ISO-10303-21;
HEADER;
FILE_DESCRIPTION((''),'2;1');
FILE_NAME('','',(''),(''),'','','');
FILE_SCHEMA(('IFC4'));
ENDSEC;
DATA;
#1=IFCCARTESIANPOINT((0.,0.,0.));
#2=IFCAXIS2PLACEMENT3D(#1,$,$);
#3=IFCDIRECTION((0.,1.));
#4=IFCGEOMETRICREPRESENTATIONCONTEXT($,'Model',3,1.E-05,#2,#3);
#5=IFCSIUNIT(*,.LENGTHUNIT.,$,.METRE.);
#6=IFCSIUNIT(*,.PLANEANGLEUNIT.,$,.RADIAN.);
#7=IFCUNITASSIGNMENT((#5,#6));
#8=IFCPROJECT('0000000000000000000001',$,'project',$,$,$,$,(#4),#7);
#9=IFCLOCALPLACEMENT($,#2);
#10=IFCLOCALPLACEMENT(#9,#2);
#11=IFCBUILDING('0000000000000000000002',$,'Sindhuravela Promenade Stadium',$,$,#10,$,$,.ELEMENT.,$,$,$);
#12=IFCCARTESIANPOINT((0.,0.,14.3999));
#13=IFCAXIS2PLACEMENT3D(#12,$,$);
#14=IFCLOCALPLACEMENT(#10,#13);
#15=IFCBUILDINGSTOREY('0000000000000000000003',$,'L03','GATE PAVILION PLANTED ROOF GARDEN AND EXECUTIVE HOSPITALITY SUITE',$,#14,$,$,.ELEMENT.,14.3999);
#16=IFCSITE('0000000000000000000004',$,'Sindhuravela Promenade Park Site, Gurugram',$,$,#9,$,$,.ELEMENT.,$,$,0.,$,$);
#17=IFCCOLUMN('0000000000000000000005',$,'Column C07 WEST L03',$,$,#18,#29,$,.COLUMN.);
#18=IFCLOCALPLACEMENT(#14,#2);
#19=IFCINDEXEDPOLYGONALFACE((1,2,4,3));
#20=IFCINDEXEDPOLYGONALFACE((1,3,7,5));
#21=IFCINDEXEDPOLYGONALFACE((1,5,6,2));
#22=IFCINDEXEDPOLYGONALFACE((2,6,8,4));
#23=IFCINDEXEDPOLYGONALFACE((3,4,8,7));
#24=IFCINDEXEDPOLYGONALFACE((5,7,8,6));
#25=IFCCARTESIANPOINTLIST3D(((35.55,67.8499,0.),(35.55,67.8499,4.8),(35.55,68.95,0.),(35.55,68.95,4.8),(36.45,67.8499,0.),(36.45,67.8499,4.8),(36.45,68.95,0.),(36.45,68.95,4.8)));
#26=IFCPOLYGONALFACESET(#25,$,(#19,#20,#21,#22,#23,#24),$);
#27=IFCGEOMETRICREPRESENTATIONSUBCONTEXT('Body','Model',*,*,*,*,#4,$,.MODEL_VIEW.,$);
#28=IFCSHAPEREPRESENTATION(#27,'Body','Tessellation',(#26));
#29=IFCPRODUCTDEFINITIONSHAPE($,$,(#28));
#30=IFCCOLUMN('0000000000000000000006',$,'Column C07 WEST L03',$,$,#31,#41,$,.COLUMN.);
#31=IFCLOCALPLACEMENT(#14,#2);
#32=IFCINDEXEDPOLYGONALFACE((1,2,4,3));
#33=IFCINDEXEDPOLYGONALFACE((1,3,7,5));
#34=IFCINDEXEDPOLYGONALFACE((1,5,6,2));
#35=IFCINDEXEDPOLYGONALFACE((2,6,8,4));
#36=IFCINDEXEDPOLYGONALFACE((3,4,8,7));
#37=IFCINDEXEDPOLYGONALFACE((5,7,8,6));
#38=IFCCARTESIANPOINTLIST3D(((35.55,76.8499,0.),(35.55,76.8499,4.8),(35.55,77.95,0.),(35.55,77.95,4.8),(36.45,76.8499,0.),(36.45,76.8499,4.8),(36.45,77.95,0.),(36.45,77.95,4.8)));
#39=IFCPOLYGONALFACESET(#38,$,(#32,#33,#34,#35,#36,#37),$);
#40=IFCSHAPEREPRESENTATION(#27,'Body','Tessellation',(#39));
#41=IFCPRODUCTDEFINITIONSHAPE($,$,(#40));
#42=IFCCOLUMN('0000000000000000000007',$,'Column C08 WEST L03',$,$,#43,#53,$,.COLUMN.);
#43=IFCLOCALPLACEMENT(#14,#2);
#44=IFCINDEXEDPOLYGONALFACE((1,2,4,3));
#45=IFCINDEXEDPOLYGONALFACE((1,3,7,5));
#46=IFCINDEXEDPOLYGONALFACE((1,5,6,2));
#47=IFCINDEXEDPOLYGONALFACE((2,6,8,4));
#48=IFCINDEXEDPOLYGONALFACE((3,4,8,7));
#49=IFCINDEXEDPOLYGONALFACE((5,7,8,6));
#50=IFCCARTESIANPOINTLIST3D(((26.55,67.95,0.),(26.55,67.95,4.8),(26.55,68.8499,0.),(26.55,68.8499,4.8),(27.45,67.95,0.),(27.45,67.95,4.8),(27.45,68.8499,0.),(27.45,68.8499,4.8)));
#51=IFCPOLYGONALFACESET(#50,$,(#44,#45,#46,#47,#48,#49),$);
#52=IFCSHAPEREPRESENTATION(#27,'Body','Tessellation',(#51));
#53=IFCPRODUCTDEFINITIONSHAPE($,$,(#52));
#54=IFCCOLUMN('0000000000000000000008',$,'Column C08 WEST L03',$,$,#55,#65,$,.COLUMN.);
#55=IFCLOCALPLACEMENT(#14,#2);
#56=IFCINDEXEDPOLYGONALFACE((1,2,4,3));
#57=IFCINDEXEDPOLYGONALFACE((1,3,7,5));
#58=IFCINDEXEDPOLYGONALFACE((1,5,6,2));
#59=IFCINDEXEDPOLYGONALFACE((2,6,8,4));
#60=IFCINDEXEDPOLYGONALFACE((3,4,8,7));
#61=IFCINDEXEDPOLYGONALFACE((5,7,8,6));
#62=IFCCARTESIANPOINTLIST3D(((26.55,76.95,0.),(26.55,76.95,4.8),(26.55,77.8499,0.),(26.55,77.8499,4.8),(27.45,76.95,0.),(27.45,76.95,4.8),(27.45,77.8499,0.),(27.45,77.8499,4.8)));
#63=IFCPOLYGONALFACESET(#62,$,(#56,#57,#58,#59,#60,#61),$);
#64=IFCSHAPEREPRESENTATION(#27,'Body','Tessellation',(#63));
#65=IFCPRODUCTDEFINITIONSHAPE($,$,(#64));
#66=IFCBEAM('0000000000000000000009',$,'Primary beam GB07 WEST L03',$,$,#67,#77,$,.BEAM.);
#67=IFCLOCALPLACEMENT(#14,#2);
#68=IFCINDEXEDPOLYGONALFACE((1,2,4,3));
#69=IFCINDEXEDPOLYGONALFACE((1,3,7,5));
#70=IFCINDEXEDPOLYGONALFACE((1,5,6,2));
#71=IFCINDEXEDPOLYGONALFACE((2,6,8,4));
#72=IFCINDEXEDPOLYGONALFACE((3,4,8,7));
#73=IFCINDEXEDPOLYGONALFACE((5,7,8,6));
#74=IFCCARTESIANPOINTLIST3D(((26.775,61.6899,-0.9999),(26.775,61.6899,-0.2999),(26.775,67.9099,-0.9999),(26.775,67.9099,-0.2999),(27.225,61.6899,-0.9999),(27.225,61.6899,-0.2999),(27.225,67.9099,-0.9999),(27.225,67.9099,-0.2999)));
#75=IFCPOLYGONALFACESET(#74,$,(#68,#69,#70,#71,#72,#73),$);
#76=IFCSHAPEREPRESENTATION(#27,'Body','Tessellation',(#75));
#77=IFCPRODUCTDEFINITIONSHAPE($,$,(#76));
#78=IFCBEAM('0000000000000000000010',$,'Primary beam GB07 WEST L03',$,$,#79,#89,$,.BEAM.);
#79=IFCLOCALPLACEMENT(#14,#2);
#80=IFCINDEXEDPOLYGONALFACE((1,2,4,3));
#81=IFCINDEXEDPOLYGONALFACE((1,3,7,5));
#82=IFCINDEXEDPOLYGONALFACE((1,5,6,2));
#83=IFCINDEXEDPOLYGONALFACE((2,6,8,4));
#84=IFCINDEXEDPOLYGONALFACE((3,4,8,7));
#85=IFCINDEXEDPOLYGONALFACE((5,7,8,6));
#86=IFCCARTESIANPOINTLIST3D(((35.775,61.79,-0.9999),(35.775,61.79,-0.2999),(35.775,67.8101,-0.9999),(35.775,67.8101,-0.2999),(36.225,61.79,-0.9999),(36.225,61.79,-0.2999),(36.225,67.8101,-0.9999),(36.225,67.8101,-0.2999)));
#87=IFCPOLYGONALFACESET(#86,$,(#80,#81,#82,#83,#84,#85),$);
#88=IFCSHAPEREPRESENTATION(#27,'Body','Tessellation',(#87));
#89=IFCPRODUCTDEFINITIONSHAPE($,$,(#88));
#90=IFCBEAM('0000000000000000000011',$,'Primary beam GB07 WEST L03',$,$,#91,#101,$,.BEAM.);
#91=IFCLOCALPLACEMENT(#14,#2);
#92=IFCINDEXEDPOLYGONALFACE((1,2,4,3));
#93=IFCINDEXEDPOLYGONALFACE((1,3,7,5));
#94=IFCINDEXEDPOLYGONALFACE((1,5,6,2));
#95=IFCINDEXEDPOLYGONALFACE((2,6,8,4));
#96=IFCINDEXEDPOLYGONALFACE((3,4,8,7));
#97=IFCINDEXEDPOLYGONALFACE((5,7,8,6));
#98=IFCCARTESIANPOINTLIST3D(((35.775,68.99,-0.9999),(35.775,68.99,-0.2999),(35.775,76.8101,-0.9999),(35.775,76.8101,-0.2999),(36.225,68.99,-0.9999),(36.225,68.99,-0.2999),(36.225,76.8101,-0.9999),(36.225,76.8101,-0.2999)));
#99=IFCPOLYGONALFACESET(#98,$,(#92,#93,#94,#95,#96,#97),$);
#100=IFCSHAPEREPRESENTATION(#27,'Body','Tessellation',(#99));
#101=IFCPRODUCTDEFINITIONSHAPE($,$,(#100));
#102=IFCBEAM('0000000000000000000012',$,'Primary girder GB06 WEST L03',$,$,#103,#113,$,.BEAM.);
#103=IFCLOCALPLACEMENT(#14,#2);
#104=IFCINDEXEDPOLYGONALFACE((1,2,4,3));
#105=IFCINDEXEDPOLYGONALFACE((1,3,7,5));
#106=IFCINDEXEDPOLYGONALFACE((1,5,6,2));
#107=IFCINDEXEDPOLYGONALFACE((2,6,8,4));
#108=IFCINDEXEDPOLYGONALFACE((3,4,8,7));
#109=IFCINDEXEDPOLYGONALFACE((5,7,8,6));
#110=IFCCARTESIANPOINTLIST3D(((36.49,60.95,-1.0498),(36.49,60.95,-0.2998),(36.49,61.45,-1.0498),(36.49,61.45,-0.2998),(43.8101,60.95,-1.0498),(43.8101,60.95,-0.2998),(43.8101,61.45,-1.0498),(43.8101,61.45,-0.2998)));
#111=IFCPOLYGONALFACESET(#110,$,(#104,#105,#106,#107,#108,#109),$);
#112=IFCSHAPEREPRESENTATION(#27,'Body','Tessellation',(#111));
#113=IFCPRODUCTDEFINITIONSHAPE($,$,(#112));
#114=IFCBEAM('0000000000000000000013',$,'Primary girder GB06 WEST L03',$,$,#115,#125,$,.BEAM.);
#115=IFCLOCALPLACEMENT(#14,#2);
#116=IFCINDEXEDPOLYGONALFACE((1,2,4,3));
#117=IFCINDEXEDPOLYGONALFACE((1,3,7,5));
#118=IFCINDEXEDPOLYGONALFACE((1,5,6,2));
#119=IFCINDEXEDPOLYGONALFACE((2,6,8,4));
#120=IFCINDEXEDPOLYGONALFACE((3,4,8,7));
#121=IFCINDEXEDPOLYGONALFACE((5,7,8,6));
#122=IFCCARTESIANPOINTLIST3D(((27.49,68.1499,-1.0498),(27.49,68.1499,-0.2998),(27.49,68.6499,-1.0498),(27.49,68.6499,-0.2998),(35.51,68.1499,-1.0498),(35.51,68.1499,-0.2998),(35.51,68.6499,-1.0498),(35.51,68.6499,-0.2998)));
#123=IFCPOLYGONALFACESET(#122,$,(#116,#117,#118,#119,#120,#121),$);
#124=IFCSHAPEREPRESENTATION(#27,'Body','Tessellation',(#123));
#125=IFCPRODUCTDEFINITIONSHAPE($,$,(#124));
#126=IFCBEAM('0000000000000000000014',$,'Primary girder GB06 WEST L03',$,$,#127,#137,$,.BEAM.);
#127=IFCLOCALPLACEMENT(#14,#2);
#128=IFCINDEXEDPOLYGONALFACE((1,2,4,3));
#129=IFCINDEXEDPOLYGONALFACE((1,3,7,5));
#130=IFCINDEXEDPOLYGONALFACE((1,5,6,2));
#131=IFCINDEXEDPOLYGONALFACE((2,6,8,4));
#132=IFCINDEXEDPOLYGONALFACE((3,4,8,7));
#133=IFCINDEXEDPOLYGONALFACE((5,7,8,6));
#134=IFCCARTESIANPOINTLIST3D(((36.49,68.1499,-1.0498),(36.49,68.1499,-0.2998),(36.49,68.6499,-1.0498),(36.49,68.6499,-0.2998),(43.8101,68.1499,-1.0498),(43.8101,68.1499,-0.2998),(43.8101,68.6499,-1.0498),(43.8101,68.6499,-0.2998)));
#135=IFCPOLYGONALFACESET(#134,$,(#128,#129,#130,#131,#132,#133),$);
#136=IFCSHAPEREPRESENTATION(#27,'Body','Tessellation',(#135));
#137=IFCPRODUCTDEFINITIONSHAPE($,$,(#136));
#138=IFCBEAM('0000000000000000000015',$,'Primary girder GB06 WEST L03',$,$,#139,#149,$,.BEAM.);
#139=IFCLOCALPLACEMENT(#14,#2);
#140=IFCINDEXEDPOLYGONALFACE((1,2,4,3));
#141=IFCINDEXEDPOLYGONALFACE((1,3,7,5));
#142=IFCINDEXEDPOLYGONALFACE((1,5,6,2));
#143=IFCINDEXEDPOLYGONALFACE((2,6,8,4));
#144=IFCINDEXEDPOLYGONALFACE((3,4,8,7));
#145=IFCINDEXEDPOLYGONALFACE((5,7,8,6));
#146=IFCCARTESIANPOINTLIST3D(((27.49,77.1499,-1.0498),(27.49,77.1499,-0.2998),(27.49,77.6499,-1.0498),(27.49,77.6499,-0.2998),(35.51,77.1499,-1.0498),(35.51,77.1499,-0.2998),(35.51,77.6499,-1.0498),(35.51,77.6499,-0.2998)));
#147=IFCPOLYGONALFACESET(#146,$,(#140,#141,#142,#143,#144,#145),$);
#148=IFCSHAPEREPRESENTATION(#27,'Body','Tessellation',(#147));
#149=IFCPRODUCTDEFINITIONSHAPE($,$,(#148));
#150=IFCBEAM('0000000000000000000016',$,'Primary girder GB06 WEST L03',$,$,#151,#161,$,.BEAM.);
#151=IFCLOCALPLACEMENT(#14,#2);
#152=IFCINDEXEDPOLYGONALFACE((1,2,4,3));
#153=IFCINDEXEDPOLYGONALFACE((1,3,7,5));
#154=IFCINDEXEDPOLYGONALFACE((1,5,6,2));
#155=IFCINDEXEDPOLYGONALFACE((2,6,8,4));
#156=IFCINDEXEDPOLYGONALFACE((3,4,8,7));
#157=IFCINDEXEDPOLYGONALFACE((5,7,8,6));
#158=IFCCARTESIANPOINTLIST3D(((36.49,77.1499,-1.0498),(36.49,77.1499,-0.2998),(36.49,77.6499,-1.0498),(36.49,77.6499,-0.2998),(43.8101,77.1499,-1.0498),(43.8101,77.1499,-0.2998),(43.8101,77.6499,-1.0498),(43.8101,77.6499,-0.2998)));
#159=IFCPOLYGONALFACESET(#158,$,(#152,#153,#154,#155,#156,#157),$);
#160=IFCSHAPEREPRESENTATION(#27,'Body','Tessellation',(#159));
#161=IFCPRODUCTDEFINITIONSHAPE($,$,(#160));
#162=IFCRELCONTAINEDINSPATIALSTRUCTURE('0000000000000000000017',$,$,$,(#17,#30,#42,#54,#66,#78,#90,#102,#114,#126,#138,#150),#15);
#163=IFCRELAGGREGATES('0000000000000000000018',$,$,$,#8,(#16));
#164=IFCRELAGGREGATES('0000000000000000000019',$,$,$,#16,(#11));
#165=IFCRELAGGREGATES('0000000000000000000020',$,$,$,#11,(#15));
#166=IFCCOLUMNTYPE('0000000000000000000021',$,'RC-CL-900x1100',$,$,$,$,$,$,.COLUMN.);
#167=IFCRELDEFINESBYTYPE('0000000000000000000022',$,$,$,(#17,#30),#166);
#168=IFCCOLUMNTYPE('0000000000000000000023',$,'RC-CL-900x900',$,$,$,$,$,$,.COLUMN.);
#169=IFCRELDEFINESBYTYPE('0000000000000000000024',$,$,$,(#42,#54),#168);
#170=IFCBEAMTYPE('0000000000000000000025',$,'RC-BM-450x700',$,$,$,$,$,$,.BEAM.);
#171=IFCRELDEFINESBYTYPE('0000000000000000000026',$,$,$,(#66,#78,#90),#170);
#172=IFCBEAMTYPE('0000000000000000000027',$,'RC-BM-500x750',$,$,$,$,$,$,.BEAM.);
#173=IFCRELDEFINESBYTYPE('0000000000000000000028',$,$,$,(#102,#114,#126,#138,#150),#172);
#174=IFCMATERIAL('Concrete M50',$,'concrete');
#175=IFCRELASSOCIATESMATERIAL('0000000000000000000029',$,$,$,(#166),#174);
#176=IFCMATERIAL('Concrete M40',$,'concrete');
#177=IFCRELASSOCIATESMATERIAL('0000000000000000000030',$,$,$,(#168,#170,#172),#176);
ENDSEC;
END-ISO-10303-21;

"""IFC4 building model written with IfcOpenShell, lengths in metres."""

from ifc_helpers import new_model, si_unit, direction, frame, origin, origin_2d, place, context, subcontext, project, spatial, rectangle, extrude, material, material_profile, profile_set, type_object, element, save


model = new_model("IFC4")

# Units and contexts
model_context = context("Model", 3, precision=1e-05, world=origin(), true_north=direction((0.0, 1.0)))
body_context = subcontext(model_context, "Body", "Model", "MODEL_VIEW")
ifc_project = project(units=[si_unit("LENGTHUNIT", "METRE"), si_unit("PLANEANGLEUNIT", "RADIAN")], contexts=[model_context])

# Site, building, storey
site_placement = place(None, origin())
site = spatial("IfcSite", under=ifc_project, at=site_placement, Name="Sindhuravela Promenade Park Site, Gurugram", CompositionType="ELEMENT", RefElevation=0.0)
building_placement = place(site_placement, origin())
building = spatial("IfcBuilding", under=site, at=building_placement, Name="Sindhuravela Promenade Stadium", CompositionType="ELEMENT")
storey_placement = place(building_placement, frame((0.0, 0.0, 14.3999)))
storey = spatial("IfcBuildingStorey", under=building, at=storey_placement, Name="L03", Description="GATE PAVILION PLANTED ROOF GARDEN AND EXECUTIVE HOSPITALITY SUITE", CompositionType="ELEMENT", Elevation=14.3999)

# Columns
ifc_material_1 = material(Name="Concrete M50", Category="concrete")
ifc_material_profile_1 = material_profile(ifc_material_1, rectangle(XDim=0.8999, YDim=1.1001, at=origin_2d()), Name="RC 900x1100")
ifc_profile_set_1 = profile_set([ifc_material_profile_1], Name="Concrete M50")
column_type_1 = type_object("IfcColumnType", Name="RC-CL-900x1100", PredefinedType="COLUMN", material=ifc_profile_set_1)
for number, where, z_axis, x_axis, name in (
    (1, (36.0, 68.3999, 0.0), (0.0, 0.0, 1.0), (1.0, 0.0, 0.0), "Column C07 WEST L03"),
    (2, (36.0, 77.3999, 0.0), (0.0, 0.0, 1.0), (1.0, 0.0, 0.0), "Column C07 WEST L03"),
):
    element("IfcColumn", number, at=place(storey_placement, frame(where, z_axis=z_axis, x_axis=x_axis)), inside=storey, type_object=column_type_1, Name=name, PredefinedType="COLUMN", context=body_context, shape_type="SweptSolid", body=[
        extrude(rectangle(XDim=0.8999, YDim=1.1001, at=origin_2d()), origin(), (0.0, 0.0, 1.0), 4.8),
    ])
ifc_material_2 = material(Name="Concrete M40", Category="concrete")
ifc_material_profile_2 = material_profile(ifc_material_2, rectangle(XDim=0.8999, YDim=0.8999, at=origin_2d()), Name="RC 900x900")
ifc_profile_set_2 = profile_set([ifc_material_profile_2], Name="Concrete M40")
column_type_2 = type_object("IfcColumnType", Name="RC-CL-900x900", PredefinedType="COLUMN", material=ifc_profile_set_2)
for number, where, z_axis, x_axis, name in (
    (3, (27.0, 68.3999, 0.0), (0.0, 0.0, 1.0), (1.0, 0.0, 0.0), "Column C08 WEST L03"),
    (4, (27.0, 77.3999, 0.0), (0.0, 0.0, 1.0), (1.0, 0.0, 0.0), "Column C08 WEST L03"),
):
    element("IfcColumn", number, at=place(storey_placement, frame(where, z_axis=z_axis, x_axis=x_axis)), inside=storey, type_object=column_type_2, Name=name, PredefinedType="COLUMN", context=body_context, shape_type="SweptSolid", body=[
        extrude(rectangle(XDim=0.8999, YDim=0.8999, at=origin_2d()), origin(), (0.0, 0.0, 1.0), 4.8),
    ])

# Beams
ifc_material_profile_3 = material_profile(ifc_material_2, rectangle(XDim=0.45, YDim=0.7, at=origin_2d()), Name="RC 450x700")
ifc_profile_set_3 = profile_set([ifc_material_profile_3], Name="Concrete M40")
beam_type_1 = type_object("IfcBeamType", Name="RC-BM-450x700", PredefinedType="BEAM", material=ifc_profile_set_3)
beam_1_placement = place(storey_placement, frame((27.0, 61.6899, -0.6499), z_axis=(0.0, 1.0, 0.0), x_axis=(-1.0, 0.0, 0.0)))
element("IfcBeam", 5, at=beam_1_placement, inside=storey, type_object=beam_type_1, Name="Primary beam GB07 WEST L03", PredefinedType="BEAM", context=body_context, shape_type="SweptSolid", body=[
    extrude(rectangle(XDim=0.45, YDim=0.7, at=origin_2d()), origin(), (0.0, 0.0, 1.0), 6.22),
])
beam_2_placement = place(storey_placement, frame((36.0, 61.79, -0.6499), z_axis=(0.0, 1.0, 0.0), x_axis=(-1.0, 0.0, 0.0)))
element("IfcBeam", 6, at=beam_2_placement, inside=storey, type_object=beam_type_1, Name="Primary beam GB07 WEST L03", PredefinedType="BEAM", context=body_context, shape_type="SweptSolid", body=[
    extrude(rectangle(XDim=0.45, YDim=0.7, at=origin_2d()), origin(), (0.0, 0.0, 1.0), 6.02),
])
beam_3_placement = place(storey_placement, frame((36.0, 68.99, -0.6499), z_axis=(0.0, 1.0, 0.0), x_axis=(-1.0, 0.0, 0.0)))
element("IfcBeam", 7, at=beam_3_placement, inside=storey, type_object=beam_type_1, Name="Primary beam GB07 WEST L03", PredefinedType="BEAM", context=body_context, shape_type="SweptSolid", body=[
    extrude(rectangle(XDim=0.45, YDim=0.7, at=origin_2d()), origin(), (0.0, 0.0, 1.0), 7.8201),
])
ifc_material_profile_4 = material_profile(ifc_material_2, rectangle(XDim=0.5, YDim=0.75, at=origin_2d()), Name="RC 500x750")
ifc_profile_set_4 = profile_set([ifc_material_profile_4], Name="Concrete M40")
beam_type_2 = type_object("IfcBeamType", Name="RC-BM-500x750", PredefinedType="BEAM", material=ifc_profile_set_4)
beam_4_placement = place(storey_placement, frame((36.49, 61.2, -0.6748), z_axis=(1.0, 0.0, 0.0), x_axis=(0.0, 1.0, 0.0)))
element("IfcBeam", 8, at=beam_4_placement, inside=storey, type_object=beam_type_2, Name="Primary girder GB06 WEST L03", PredefinedType="BEAM", context=body_context, shape_type="SweptSolid", body=[
    extrude(rectangle(XDim=0.5, YDim=0.75, at=origin_2d()), origin(), (0.0, 0.0, 1.0), 7.3201),
])
beam_5_placement = place(storey_placement, frame((27.49, 68.3999, -0.6748), z_axis=(1.0, 0.0, 0.0), x_axis=(0.0, 1.0, 0.0)))
element("IfcBeam", 9, at=beam_5_placement, inside=storey, type_object=beam_type_2, Name="Primary girder GB06 WEST L03", PredefinedType="BEAM", context=body_context, shape_type="SweptSolid", body=[
    extrude(rectangle(XDim=0.5, YDim=0.75, at=origin_2d()), origin(), (0.0, 0.0, 1.0), 8.02),
])
beam_6_placement = place(storey_placement, frame((36.49, 68.3999, -0.6748), z_axis=(1.0, 0.0, 0.0), x_axis=(0.0, 1.0, 0.0)))
element("IfcBeam", 10, at=beam_6_placement, inside=storey, type_object=beam_type_2, Name="Primary girder GB06 WEST L03", PredefinedType="BEAM", context=body_context, shape_type="SweptSolid", body=[
    extrude(rectangle(XDim=0.5, YDim=0.75, at=origin_2d()), origin(), (0.0, 0.0, 1.0), 7.3201),
])
beam_7_placement = place(storey_placement, frame((27.49, 77.3999, -0.6748), z_axis=(1.0, 0.0, 0.0), x_axis=(0.0, 1.0, 0.0)))
element("IfcBeam", 11, at=beam_7_placement, inside=storey, type_object=beam_type_2, Name="Primary girder GB06 WEST L03", PredefinedType="BEAM", context=body_context, shape_type="SweptSolid", body=[
    extrude(rectangle(XDim=0.5, YDim=0.75, at=origin_2d()), origin(), (0.0, 0.0, 1.0), 8.02),
])
beam_8_placement = place(storey_placement, frame((36.49, 77.3999, -0.6748), z_axis=(1.0, 0.0, 0.0), x_axis=(0.0, 1.0, 0.0)))
element("IfcBeam", 12, at=beam_8_placement, inside=storey, type_object=beam_type_2, Name="Primary girder GB06 WEST L03", PredefinedType="BEAM", context=body_context, shape_type="SweptSolid", body=[
    extrude(rectangle(XDim=0.5, YDim=0.75, at=origin_2d()), origin(), (0.0, 0.0, 1.0), 7.3201),
])

save(model, "model.ifc")
